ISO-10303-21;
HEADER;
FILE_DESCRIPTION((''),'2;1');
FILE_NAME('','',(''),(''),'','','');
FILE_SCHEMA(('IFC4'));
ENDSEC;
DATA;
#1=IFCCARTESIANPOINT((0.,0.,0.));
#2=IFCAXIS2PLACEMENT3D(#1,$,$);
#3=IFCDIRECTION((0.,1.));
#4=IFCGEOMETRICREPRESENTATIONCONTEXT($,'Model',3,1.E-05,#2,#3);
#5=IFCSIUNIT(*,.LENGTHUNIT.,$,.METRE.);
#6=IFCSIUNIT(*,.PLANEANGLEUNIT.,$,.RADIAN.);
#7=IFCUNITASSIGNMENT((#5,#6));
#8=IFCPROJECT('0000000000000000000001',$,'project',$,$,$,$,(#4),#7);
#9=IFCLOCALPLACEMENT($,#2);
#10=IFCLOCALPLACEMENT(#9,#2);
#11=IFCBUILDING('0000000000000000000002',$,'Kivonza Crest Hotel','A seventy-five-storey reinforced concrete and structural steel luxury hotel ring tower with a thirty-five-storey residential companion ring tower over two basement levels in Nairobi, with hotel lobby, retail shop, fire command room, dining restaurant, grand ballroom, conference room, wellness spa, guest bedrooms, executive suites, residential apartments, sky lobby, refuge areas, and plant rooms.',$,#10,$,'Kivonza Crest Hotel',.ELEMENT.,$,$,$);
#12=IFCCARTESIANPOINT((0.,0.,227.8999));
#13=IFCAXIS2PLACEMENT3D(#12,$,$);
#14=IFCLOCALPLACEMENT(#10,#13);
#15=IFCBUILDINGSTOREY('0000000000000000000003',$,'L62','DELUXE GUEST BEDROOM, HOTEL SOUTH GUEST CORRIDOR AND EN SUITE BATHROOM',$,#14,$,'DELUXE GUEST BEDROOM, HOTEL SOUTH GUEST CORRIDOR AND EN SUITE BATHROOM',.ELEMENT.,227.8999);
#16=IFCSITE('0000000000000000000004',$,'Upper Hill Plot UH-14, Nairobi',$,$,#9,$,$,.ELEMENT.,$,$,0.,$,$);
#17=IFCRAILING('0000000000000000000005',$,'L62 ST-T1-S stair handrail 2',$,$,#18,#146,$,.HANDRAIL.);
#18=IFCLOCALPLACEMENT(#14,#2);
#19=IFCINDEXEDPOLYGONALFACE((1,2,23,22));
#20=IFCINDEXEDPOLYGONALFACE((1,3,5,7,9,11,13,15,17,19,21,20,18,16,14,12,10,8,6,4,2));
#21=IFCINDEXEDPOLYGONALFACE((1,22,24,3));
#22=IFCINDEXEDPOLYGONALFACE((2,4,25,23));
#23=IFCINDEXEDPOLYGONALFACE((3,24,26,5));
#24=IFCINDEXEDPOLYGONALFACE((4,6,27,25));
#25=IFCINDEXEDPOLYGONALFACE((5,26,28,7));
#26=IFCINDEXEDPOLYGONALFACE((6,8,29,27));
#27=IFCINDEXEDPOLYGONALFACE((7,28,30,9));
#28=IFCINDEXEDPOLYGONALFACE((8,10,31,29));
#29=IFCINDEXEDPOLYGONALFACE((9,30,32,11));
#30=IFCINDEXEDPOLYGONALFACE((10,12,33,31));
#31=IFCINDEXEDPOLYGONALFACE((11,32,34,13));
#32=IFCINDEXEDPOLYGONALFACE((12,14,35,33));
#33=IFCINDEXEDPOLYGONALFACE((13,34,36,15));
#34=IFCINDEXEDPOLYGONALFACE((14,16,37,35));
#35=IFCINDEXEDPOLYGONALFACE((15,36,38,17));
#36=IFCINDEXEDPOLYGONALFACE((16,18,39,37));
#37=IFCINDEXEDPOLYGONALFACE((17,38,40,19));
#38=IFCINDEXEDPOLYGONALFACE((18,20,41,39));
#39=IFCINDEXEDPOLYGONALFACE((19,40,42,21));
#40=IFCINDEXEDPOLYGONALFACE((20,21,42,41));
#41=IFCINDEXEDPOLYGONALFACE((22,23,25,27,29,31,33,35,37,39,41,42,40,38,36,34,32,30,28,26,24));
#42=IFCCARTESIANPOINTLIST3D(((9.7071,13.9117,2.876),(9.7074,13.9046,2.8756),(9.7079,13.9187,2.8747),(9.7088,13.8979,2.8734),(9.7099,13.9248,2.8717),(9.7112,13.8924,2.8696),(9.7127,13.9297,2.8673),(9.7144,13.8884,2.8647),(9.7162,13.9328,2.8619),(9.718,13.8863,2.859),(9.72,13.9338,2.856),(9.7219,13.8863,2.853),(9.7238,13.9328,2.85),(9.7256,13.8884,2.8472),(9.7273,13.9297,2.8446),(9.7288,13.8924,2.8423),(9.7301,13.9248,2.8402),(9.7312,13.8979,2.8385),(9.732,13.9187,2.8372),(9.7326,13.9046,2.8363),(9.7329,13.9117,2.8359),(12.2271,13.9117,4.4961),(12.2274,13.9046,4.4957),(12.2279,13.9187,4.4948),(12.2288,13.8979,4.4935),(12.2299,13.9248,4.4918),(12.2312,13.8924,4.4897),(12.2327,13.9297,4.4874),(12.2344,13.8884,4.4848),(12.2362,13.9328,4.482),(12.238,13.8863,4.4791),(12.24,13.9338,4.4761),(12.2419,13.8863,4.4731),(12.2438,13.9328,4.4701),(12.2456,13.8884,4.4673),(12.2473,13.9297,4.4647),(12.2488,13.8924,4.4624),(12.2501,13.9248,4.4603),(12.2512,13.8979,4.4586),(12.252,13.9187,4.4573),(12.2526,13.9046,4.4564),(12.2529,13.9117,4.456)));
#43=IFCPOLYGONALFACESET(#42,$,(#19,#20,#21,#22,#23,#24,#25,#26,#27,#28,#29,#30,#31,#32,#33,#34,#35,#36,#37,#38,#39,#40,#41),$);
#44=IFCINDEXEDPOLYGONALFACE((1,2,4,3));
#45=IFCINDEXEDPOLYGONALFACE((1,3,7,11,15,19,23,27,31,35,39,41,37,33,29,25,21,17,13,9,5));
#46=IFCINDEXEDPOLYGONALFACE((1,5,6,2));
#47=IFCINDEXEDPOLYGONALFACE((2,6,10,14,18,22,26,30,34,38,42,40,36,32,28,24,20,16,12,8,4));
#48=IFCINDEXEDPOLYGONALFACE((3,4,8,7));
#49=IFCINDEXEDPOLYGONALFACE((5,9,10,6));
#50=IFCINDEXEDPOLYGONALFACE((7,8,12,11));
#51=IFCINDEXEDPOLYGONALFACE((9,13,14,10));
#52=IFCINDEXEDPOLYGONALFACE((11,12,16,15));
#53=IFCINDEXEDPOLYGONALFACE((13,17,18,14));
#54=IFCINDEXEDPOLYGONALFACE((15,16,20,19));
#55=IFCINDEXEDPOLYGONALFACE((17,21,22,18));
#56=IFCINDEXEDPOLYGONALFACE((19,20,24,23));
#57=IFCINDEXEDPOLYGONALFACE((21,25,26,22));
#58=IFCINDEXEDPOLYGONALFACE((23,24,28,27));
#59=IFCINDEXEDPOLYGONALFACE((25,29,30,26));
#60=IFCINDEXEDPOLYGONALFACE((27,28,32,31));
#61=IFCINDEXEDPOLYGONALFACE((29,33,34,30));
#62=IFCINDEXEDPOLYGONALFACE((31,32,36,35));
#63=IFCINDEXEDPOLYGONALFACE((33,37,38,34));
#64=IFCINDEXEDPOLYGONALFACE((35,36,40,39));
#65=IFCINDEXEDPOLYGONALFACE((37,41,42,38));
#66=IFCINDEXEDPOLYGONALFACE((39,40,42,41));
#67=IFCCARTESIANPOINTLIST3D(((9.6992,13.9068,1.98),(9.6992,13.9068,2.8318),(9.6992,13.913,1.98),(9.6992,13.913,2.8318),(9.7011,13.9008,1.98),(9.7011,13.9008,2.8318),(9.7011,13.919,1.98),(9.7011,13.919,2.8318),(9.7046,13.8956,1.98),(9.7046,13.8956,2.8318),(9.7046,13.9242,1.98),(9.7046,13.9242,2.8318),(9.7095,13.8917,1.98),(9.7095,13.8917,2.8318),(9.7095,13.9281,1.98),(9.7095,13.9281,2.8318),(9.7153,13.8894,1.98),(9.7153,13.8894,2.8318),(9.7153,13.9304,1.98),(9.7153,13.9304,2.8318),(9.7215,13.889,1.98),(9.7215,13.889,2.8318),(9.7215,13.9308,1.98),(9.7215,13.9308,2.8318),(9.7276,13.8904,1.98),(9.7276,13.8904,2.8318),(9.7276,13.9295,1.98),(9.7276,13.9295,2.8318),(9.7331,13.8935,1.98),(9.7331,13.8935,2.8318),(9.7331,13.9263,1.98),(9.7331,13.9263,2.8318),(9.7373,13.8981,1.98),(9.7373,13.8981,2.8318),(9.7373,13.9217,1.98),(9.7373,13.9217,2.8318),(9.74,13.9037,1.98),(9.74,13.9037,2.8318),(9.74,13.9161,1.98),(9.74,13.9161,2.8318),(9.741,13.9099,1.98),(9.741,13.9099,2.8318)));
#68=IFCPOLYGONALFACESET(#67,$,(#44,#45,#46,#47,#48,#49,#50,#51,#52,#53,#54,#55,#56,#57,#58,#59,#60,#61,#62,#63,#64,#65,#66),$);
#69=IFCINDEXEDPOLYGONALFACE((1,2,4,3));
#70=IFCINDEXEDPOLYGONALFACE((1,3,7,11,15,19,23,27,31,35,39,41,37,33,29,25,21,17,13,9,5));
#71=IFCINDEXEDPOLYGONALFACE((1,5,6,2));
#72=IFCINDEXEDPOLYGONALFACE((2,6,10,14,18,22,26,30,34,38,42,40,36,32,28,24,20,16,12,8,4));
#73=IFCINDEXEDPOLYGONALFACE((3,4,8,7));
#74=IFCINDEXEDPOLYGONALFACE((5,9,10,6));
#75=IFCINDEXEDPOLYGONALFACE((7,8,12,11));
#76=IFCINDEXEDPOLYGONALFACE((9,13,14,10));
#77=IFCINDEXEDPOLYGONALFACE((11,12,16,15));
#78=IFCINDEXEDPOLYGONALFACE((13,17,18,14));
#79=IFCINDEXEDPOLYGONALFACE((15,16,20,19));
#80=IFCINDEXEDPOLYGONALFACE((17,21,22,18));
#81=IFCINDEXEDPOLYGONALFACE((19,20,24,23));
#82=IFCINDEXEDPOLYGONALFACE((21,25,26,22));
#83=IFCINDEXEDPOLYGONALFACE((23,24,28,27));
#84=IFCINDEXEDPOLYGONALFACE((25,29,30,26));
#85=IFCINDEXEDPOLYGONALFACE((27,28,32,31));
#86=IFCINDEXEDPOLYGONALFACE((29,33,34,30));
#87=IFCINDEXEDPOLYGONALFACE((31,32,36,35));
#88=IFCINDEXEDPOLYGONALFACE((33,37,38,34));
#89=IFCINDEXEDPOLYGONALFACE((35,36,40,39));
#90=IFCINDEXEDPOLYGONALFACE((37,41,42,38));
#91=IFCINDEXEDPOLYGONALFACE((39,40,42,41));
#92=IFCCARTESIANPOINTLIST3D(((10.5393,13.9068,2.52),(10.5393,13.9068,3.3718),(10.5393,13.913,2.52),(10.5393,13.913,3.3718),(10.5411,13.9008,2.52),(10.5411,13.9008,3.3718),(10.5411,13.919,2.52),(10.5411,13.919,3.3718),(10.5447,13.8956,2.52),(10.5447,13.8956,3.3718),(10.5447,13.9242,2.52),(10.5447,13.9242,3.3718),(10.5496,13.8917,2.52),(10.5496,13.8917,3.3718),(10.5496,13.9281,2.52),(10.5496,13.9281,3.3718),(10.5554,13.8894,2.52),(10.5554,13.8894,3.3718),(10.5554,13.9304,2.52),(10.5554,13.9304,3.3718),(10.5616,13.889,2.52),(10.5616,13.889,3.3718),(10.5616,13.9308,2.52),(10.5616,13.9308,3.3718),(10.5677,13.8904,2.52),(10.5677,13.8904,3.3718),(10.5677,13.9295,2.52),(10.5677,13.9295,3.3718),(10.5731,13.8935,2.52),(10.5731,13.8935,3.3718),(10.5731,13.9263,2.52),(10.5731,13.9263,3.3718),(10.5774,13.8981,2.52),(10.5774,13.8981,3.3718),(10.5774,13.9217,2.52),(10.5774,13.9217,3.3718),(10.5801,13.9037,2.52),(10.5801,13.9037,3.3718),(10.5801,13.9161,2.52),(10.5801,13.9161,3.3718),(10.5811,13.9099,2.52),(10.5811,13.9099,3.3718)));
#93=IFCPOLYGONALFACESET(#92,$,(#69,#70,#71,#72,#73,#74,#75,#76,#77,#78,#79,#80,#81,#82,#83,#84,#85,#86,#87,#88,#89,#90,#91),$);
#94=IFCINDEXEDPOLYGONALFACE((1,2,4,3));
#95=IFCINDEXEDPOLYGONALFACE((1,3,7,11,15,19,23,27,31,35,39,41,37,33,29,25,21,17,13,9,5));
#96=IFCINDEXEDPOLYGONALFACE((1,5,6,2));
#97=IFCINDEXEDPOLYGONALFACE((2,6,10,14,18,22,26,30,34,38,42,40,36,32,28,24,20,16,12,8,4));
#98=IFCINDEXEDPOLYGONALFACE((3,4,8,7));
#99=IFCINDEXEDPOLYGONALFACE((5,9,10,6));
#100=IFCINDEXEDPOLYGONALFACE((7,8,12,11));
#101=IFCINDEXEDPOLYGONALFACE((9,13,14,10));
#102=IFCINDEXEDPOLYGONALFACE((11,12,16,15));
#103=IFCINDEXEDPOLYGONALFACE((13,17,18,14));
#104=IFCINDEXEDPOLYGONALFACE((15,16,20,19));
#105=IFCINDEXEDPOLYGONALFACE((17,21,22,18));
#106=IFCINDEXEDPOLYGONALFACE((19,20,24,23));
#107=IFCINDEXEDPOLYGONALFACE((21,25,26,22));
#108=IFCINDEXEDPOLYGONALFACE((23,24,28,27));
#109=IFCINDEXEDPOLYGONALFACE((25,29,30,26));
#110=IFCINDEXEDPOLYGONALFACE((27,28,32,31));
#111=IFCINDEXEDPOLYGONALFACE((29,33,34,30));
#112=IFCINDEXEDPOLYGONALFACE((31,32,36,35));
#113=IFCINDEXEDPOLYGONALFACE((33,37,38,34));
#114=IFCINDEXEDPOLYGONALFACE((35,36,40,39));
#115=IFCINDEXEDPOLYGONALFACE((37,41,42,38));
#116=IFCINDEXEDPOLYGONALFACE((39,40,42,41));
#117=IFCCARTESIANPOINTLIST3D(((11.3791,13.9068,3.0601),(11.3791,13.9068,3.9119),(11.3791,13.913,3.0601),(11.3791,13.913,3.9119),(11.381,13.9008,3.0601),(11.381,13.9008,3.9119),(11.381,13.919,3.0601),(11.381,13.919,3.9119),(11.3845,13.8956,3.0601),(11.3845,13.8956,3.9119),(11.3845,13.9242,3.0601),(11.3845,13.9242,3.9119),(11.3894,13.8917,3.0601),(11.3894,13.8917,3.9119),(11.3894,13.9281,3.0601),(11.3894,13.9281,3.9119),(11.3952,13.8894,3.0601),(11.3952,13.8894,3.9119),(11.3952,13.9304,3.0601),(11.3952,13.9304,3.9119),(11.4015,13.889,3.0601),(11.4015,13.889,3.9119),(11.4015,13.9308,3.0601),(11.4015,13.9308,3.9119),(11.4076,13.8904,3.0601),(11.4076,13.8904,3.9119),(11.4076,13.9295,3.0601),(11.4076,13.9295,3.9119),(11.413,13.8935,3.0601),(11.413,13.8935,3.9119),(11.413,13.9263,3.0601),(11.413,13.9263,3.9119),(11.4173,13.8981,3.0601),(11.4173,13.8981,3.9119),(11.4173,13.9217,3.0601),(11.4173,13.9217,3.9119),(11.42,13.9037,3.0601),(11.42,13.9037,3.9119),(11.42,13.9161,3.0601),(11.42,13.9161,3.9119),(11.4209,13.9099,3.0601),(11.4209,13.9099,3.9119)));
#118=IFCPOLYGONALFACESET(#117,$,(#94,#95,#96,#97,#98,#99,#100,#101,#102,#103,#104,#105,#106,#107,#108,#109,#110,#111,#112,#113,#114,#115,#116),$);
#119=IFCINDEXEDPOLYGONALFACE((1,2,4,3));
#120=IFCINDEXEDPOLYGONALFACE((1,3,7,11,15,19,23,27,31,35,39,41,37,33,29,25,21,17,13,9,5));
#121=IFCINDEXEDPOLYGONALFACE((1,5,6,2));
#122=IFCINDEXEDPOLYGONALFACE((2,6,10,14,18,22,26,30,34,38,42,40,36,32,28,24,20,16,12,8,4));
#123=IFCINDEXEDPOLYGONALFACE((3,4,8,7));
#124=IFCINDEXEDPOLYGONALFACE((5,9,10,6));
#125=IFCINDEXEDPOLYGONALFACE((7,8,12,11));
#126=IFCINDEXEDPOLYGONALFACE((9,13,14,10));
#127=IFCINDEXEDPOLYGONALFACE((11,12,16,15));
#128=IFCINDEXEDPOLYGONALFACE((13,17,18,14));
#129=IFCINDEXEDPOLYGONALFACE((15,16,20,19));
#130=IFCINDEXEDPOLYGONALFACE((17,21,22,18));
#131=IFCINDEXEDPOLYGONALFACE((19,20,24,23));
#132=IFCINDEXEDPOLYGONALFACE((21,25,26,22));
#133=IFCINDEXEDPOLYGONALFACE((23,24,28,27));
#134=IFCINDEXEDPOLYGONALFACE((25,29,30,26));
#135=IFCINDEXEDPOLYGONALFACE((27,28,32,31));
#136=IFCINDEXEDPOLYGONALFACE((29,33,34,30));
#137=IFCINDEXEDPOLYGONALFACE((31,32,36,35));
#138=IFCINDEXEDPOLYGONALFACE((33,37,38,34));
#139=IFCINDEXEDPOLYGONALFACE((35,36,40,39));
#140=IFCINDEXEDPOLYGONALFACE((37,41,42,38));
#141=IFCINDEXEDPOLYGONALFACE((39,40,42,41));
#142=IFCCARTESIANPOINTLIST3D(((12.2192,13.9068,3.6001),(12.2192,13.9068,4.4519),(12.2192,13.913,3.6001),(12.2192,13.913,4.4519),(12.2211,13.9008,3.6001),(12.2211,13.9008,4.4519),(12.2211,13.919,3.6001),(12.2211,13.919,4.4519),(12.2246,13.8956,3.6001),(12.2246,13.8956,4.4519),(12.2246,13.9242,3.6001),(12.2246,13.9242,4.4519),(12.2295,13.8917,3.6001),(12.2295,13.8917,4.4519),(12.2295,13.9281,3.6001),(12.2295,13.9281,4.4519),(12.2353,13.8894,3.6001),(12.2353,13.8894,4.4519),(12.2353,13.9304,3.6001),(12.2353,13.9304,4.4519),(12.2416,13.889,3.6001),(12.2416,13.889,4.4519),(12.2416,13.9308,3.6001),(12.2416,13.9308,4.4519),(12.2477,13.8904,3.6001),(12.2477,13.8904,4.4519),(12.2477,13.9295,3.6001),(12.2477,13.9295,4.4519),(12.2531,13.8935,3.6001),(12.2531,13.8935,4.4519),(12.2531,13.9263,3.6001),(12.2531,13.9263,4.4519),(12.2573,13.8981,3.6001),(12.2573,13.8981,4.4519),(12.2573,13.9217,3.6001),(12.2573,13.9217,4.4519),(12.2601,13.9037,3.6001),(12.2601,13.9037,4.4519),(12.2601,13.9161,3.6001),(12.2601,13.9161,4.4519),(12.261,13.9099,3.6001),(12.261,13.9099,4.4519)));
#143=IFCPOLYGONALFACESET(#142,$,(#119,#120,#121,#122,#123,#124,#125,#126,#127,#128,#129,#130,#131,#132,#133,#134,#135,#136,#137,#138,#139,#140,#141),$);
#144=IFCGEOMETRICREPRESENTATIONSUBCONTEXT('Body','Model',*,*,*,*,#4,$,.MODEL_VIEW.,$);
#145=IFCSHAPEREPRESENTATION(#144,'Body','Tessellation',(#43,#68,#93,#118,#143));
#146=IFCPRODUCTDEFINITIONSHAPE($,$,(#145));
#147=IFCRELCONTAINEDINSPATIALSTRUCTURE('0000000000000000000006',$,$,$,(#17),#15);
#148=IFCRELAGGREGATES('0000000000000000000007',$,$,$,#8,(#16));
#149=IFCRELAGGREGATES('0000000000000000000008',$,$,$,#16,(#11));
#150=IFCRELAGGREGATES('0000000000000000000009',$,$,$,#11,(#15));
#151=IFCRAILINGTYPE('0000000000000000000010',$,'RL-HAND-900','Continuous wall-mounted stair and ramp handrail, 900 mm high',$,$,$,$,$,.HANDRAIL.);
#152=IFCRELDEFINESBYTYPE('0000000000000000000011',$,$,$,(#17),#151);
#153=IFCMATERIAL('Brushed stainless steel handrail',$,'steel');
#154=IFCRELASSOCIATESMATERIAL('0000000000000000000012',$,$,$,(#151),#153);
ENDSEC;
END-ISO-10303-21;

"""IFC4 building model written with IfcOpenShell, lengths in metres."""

from ifc_helpers import new_model, si_unit, direction, frame, origin, origin_2d, place, context, subcontext, project, spatial, circle, extrude, material, type_object, element, save


model = new_model("IFC4")

# Units and contexts
model_context = context("Model", 3, precision=1e-05, world=origin(), true_north=direction((0.0, 1.0)))
body_context = subcontext(model_context, "Body", "Model", "MODEL_VIEW")
ifc_project = project(units=[si_unit("LENGTHUNIT", "METRE"), si_unit("PLANEANGLEUNIT", "RADIAN")], contexts=[model_context])

# Site, building, storey
site_placement = place(None, origin())
site = spatial("IfcSite", under=ifc_project, at=site_placement, Name="Upper Hill Plot UH-14, Nairobi", CompositionType="ELEMENT", RefElevation=0.0)
building_placement = place(site_placement, origin())
building = spatial("IfcBuilding", under=site, at=building_placement, Name="Kivonza Crest Hotel", Description="A seventy-five-storey reinforced concrete and structural steel luxury hotel ring tower with a thirty-five-storey residential companion ring tower over two basement levels in Nairobi, with hotel lobby, retail shop, fire command room, dining restaurant, grand ballroom, conference room, wellness spa, guest bedrooms, executive suites, residential apartments, sky lobby, refuge areas, and plant rooms.", LongName="Kivonza Crest Hotel", CompositionType="ELEMENT")
storey_placement = place(building_placement, frame((0.0, 0.0, 227.8999)))
storey = spatial("IfcBuildingStorey", under=building, at=storey_placement, Name="L62", Description="DELUXE GUEST BEDROOM, HOTEL SOUTH GUEST CORRIDOR AND EN SUITE BATHROOM", LongName="DELUXE GUEST BEDROOM, HOTEL SOUTH GUEST CORRIDOR AND EN SUITE BATHROOM", CompositionType="ELEMENT", Elevation=227.8999)

# Railing
ifc_material_1 = material(Name="Brushed stainless steel handrail", Category="steel")
railing_type_1 = type_object("IfcRailingType", Name="RL-HAND-900", Description="Continuous wall-mounted stair and ramp handrail, 900 mm high", PredefinedType="HANDRAIL", material=ifc_material_1)
railing_1_placement = place(storey_placement, frame((9.72, 13.9099, 1.98)))
element("IfcRailing", 1, at=railing_1_placement, inside=storey, type_object=railing_type_1, Name="L62 ST-T1-S stair handrail 2", PredefinedType="HANDRAIL", context=body_context, shape_type="SweptSolid", body=[
    extrude(circle(Radius=0.0239, at=origin_2d()), frame((0.0, 0.0, 0.876), z_axis=(0.841163, 0.0, 0.540782), x_axis=(0.0, 1.0, 0.0)), (0.0, 0.0, 1.0), 2.9958),
    extrude(circle(Radius=0.021, at=origin_2d()), origin(), (0.0, 0.0, 1.0), 0.8518),
    extrude(circle(Radius=0.021, at=origin_2d()), frame((0.8401, 0.0, 0.54)), (0.0, 0.0, 1.0), 0.8518),
    extrude(circle(Radius=0.021, at=origin_2d()), frame((1.6799, 0.0, 1.0801)), (0.0, 0.0, 1.0), 0.8518),
    extrude(circle(Radius=0.021, at=origin_2d()), frame((2.52, 0.0, 1.6201)), (0.0, 0.0, 1.0), 0.8518),
])

save(model, "model.ifc")
